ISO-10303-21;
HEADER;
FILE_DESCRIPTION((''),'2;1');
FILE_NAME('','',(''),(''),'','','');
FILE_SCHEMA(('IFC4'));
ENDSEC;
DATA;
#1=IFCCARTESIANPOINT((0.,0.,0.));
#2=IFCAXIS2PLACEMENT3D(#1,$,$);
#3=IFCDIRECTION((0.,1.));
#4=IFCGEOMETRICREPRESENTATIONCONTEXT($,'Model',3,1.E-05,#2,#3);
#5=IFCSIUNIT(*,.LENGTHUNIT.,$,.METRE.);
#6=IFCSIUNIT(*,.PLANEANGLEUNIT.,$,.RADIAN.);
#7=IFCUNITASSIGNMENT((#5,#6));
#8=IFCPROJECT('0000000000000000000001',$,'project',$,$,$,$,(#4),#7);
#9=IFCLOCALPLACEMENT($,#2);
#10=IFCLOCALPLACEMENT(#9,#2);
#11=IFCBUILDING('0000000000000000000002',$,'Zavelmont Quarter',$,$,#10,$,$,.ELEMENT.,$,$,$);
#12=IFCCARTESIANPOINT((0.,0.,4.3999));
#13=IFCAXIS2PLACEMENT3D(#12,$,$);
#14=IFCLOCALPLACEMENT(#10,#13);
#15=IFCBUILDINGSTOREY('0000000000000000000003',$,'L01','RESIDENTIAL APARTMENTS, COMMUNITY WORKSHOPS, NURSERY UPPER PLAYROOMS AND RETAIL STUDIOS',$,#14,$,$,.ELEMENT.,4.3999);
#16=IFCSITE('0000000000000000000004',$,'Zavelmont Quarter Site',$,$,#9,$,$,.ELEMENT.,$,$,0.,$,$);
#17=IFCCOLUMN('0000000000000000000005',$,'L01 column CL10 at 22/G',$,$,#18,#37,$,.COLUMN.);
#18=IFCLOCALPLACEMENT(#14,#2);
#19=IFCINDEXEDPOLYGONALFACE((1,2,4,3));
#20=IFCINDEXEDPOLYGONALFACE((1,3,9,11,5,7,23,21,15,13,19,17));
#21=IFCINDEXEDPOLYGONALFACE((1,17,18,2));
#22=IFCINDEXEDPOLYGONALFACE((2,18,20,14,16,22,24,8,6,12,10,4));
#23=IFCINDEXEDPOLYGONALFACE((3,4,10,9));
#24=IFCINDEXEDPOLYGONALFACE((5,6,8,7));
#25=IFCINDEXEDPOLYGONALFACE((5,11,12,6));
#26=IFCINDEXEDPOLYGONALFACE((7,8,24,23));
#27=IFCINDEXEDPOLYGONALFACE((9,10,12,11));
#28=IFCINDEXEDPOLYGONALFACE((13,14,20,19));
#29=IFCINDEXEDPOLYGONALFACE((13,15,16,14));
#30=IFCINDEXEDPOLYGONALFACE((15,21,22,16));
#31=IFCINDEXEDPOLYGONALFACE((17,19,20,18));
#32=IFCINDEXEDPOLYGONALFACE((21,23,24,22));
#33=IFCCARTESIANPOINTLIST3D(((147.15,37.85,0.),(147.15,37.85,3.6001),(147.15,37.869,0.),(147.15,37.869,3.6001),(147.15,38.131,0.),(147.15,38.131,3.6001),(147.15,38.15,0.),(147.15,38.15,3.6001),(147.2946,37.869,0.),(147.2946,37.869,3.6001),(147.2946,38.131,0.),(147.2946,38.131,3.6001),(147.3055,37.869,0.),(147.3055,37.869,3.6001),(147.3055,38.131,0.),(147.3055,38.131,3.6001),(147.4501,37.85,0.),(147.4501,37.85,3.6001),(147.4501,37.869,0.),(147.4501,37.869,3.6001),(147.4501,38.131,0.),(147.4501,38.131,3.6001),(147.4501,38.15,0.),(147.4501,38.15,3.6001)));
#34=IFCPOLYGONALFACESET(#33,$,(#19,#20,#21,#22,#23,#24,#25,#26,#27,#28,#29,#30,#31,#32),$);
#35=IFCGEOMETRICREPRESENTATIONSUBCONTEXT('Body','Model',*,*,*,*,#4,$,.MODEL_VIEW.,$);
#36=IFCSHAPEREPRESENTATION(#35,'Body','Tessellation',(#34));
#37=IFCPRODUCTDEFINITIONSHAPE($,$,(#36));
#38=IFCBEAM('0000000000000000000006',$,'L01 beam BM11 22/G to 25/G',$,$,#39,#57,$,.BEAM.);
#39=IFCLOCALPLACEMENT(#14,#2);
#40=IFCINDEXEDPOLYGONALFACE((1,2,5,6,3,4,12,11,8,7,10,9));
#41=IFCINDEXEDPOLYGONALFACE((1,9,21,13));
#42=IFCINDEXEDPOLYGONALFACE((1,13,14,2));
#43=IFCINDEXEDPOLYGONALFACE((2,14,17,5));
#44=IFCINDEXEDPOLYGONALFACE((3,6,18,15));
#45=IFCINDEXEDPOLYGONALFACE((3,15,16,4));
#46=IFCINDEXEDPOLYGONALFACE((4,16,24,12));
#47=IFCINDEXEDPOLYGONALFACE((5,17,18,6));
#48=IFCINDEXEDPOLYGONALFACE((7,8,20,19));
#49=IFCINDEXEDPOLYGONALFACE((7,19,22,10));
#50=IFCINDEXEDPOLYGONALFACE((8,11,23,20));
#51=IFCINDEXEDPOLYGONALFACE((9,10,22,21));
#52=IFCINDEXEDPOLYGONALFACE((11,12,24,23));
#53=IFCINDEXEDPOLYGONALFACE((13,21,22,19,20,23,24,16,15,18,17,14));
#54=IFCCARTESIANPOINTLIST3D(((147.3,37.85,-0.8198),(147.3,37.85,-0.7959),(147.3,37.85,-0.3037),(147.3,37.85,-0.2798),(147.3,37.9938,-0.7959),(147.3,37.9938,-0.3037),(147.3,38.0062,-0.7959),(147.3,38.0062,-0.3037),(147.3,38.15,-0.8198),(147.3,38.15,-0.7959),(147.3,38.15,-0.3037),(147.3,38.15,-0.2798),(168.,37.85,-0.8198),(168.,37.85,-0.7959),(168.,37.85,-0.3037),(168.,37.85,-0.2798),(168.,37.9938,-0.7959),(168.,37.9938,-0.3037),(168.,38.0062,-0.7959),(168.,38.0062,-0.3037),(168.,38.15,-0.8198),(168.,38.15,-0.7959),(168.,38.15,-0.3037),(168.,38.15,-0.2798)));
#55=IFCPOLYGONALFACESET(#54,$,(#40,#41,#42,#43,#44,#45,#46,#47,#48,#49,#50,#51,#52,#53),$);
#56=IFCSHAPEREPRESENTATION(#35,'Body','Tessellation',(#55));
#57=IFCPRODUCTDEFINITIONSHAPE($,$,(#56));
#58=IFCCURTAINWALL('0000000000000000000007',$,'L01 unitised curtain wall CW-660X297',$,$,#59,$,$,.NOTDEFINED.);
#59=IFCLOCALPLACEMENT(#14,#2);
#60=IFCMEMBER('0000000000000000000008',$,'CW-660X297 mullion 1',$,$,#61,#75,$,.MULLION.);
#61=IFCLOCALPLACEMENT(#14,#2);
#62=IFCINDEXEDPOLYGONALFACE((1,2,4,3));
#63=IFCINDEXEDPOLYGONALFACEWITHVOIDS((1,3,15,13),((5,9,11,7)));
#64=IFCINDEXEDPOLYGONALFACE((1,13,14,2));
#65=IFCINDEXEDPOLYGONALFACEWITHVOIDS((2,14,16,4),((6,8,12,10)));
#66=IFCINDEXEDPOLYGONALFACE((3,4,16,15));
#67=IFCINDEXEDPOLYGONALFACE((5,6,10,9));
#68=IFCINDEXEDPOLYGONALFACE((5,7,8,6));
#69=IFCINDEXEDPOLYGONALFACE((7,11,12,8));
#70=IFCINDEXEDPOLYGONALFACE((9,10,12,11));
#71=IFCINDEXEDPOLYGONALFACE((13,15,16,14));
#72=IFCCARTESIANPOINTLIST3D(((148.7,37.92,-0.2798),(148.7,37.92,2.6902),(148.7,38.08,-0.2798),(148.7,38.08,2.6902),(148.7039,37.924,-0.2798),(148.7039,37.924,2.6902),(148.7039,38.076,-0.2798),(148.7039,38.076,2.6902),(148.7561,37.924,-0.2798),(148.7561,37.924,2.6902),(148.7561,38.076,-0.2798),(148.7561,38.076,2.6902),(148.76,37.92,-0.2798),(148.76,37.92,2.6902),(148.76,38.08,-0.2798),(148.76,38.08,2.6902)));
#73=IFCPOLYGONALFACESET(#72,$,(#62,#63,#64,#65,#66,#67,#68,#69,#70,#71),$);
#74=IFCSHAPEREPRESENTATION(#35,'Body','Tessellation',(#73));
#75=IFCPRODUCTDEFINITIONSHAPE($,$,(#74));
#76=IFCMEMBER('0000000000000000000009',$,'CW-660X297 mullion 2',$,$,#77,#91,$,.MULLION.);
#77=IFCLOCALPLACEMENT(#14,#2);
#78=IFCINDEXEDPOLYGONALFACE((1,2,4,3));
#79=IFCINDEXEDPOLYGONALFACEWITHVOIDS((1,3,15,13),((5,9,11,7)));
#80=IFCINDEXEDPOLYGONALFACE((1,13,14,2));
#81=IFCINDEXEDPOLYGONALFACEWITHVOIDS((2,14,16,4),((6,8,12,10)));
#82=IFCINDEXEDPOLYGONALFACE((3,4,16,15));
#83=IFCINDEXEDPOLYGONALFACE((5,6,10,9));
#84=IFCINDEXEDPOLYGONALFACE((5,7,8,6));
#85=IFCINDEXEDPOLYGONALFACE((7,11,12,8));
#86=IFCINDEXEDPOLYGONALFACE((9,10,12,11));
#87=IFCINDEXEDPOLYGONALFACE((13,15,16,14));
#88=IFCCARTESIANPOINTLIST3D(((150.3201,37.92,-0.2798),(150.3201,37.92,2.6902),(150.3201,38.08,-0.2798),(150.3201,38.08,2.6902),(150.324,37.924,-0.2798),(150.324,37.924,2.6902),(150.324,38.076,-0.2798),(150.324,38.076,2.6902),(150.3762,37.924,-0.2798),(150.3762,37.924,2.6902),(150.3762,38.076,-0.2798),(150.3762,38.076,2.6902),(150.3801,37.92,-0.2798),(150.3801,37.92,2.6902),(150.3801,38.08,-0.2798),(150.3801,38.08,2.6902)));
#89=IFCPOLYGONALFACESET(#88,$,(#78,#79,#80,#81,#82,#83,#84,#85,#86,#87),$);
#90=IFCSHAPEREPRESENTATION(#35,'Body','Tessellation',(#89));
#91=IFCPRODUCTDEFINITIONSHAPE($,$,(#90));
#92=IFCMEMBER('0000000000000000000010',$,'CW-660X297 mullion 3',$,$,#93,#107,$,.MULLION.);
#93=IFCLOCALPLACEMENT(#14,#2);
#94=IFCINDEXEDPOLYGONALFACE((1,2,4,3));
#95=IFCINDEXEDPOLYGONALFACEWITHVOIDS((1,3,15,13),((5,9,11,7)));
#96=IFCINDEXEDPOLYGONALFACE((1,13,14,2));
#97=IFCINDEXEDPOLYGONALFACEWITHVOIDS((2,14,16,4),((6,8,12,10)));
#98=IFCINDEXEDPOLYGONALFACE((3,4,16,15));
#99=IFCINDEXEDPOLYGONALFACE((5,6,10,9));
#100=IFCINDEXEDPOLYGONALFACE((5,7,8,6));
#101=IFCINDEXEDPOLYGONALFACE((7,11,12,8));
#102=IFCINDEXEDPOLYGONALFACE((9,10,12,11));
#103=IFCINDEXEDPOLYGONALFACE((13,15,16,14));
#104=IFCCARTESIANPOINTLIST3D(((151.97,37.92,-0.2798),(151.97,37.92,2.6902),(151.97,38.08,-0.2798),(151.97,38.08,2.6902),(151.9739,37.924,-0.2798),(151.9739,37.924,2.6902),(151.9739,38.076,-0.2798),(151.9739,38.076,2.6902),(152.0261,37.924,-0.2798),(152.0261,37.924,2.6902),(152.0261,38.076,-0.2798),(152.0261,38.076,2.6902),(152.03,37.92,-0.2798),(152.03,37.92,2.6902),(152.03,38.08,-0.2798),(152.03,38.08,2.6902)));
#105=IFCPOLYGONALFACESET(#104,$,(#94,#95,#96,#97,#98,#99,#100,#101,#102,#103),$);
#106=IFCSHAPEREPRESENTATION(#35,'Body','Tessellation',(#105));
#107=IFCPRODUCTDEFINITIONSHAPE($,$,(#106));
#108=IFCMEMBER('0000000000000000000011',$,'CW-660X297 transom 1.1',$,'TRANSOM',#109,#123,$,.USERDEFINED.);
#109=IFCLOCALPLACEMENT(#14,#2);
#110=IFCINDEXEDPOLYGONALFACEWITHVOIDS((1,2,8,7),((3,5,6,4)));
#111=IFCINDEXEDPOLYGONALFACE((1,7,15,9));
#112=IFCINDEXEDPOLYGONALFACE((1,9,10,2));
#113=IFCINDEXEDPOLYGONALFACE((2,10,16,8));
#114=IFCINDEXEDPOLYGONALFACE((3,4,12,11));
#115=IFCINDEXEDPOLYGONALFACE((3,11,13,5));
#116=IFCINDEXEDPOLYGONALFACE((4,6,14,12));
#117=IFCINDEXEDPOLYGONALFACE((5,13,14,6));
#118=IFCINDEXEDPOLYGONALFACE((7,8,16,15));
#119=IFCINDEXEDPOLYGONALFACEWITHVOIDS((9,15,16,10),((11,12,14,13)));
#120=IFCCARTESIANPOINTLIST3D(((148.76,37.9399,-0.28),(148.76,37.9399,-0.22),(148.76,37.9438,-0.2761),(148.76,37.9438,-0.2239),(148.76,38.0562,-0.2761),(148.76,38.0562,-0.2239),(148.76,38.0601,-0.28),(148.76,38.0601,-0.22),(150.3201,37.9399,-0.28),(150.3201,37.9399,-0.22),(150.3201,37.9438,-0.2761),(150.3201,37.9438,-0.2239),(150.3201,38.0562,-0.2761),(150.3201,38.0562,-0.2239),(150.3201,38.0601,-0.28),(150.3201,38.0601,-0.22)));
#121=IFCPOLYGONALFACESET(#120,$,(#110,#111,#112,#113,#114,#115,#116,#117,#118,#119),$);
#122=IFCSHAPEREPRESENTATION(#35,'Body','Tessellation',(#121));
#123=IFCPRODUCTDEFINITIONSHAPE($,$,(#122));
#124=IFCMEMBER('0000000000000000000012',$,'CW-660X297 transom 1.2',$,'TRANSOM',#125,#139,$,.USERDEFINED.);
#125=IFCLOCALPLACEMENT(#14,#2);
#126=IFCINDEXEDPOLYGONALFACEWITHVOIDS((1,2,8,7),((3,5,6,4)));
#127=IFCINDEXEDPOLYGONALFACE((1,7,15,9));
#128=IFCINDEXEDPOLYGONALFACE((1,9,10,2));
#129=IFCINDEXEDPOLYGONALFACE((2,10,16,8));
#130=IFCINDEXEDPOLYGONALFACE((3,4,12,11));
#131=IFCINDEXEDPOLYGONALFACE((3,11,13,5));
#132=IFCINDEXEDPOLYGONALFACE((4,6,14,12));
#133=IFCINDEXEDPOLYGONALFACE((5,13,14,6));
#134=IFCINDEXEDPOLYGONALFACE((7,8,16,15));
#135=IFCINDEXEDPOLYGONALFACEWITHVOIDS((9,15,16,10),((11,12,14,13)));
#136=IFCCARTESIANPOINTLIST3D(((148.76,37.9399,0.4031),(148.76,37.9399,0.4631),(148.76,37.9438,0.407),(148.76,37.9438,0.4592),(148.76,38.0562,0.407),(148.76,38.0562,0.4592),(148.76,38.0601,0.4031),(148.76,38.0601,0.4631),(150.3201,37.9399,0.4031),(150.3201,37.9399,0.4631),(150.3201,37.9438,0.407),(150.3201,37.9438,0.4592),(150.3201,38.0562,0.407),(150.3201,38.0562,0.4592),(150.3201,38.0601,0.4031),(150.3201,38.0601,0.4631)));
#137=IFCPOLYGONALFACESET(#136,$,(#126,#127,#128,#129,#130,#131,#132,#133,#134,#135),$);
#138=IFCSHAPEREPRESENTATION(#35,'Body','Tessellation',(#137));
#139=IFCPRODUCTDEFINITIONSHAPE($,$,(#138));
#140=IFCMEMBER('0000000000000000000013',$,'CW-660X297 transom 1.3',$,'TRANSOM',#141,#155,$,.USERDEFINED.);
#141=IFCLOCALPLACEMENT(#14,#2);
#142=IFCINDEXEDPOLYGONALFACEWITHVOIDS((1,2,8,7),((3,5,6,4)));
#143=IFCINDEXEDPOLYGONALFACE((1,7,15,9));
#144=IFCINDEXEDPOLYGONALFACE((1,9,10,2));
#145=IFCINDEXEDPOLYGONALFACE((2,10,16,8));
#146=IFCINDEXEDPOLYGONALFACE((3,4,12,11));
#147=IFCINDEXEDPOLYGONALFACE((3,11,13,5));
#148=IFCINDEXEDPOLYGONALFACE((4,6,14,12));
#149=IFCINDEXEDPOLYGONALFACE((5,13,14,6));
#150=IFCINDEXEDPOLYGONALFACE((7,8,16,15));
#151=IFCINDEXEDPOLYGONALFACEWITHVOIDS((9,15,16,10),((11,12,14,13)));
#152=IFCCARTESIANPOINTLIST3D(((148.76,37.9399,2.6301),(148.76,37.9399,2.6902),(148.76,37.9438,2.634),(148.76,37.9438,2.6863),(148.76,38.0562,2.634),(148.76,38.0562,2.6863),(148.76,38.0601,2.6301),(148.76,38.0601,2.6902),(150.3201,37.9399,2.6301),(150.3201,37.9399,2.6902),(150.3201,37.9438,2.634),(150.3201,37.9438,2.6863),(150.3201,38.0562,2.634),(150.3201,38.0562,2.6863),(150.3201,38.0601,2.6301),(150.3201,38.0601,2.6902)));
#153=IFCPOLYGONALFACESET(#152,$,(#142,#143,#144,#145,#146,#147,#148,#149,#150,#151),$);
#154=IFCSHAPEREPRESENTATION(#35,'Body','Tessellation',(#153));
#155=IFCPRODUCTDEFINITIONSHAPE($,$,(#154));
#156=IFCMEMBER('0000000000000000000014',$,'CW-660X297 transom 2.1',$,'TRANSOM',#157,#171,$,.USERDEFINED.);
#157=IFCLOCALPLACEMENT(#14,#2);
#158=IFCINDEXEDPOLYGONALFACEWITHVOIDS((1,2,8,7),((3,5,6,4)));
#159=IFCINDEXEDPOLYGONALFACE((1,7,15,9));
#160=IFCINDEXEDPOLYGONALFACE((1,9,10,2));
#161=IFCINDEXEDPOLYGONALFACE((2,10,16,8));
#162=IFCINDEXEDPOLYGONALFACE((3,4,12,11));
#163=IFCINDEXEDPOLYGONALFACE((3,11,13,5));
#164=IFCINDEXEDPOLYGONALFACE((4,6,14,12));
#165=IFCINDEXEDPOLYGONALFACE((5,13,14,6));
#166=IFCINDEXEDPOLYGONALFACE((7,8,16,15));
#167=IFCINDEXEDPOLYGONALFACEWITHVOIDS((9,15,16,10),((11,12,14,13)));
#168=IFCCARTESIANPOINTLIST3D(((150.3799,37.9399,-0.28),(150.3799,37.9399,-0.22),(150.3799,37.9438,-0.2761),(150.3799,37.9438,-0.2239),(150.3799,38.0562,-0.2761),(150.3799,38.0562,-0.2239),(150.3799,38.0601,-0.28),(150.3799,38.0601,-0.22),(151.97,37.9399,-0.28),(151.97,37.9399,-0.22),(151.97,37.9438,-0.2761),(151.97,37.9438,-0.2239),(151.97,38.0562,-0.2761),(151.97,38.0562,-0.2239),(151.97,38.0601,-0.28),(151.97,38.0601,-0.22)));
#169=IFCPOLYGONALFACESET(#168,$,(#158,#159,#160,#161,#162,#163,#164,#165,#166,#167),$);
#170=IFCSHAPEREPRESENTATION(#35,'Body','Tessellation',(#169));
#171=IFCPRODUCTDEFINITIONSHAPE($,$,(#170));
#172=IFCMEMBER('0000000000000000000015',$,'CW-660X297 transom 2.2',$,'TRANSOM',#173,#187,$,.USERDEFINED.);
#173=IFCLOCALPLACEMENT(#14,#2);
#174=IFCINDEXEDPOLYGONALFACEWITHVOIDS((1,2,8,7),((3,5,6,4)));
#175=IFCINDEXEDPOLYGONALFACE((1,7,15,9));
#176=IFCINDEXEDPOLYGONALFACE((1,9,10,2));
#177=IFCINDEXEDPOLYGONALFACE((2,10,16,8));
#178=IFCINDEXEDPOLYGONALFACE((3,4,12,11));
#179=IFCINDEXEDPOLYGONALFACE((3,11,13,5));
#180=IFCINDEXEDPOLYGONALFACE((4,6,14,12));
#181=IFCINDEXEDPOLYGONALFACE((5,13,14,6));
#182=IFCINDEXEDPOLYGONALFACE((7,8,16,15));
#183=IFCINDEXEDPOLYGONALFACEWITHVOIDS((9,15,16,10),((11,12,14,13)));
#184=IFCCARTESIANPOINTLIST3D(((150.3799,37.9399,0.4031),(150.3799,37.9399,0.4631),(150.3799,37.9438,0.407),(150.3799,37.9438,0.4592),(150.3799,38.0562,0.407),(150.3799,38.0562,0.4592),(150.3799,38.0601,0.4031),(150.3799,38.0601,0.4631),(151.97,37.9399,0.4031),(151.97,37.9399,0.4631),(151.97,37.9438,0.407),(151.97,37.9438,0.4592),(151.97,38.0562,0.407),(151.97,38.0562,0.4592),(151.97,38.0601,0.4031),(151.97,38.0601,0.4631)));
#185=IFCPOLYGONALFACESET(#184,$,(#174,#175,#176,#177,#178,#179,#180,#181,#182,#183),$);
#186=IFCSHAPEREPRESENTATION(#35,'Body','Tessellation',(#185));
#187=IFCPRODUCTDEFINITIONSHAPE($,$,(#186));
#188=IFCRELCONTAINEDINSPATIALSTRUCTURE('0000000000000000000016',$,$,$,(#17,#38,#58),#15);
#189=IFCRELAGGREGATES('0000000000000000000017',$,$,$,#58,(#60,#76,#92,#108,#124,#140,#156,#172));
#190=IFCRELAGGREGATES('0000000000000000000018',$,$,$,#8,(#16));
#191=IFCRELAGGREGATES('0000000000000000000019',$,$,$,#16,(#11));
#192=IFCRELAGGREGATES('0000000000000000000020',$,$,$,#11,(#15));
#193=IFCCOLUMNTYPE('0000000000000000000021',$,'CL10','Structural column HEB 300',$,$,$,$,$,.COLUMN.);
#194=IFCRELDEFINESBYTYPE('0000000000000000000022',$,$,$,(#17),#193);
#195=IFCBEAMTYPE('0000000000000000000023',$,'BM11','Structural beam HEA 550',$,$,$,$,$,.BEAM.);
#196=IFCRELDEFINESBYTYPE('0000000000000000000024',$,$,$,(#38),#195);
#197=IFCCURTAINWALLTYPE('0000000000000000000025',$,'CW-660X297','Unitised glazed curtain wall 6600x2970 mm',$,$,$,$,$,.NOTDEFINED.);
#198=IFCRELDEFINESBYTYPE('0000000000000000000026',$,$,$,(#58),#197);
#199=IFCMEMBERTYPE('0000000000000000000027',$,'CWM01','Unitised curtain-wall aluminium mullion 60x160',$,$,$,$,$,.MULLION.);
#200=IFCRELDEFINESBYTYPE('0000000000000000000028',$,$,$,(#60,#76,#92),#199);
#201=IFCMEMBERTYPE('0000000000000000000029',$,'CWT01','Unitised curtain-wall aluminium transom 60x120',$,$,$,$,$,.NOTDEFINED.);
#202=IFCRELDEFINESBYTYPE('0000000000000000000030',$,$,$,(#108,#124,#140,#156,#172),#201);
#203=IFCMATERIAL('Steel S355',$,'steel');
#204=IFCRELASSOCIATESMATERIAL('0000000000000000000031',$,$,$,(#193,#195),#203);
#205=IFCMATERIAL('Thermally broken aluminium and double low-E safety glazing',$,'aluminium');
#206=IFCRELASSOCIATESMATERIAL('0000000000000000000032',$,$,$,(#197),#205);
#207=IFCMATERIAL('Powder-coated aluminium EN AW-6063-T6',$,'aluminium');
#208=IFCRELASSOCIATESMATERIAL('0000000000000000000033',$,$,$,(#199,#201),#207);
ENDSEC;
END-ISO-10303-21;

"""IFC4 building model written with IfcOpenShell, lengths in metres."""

from ifc_helpers import new_model, si_unit, direction, frame, origin, origin_2d, place, context, subcontext, project, spatial, hollow_rectangle, i_section, extrude, material, material_profile, profile_set, type_object, element, aggregate, save


model = new_model("IFC4")

# Units and contexts
model_context = context("Model", 3, precision=1e-05, world=origin(), true_north=direction((0.0, 1.0)))
body_context = subcontext(model_context, "Body", "Model", "MODEL_VIEW")
ifc_project = project(units=[si_unit("LENGTHUNIT", "METRE"), si_unit("PLANEANGLEUNIT", "RADIAN")], contexts=[model_context])

# Site, building, storey
site_placement = place(None, origin())
site = spatial("IfcSite", under=ifc_project, at=site_placement, Name="Zavelmont Quarter Site", CompositionType="ELEMENT", RefElevation=0.0)
building_placement = place(site_placement, origin())
building = spatial("IfcBuilding", under=site, at=building_placement, Name="Zavelmont Quarter", CompositionType="ELEMENT")
storey_placement = place(building_placement, frame((0.0, 0.0, 4.3999)))
storey = spatial("IfcBuildingStorey", under=building, at=storey_placement, Name="L01", Description="RESIDENTIAL APARTMENTS, COMMUNITY WORKSHOPS, NURSERY UPPER PLAYROOMS AND RETAIL STUDIOS", CompositionType="ELEMENT", Elevation=4.3999)

# Column
ifc_material_1 = material(Name="Steel S355", Category="steel")
ifc_material_profile_1 = material_profile(ifc_material_1, i_section(OverallWidth=0.3, OverallDepth=0.3, WebThickness=0.011, FlangeThickness=0.019, at=origin_2d()), Name="HEB 300")
ifc_profile_set_1 = profile_set([ifc_material_profile_1], Name="Steel S355")
column_type = type_object("IfcColumnType", Name="CL10", Description="Structural column HEB 300", PredefinedType="COLUMN", material=ifc_profile_set_1)
column_placement = place(storey_placement, frame((147.3, 38.0, 0.0), z_axis=(0.0, 0.0, 1.0), x_axis=(1.0, 0.0, 0.0)))
element("IfcColumn", 1, at=column_placement, inside=storey, type_object=column_type, Name="L01 column CL10 at 22/G", PredefinedType="COLUMN", context=body_context, shape_type="SweptSolid", body=[
    extrude(i_section(OverallWidth=0.3, OverallDepth=0.3, WebThickness=0.011, FlangeThickness=0.019, at=origin_2d()), origin(), (0.0, 0.0, 1.0), 3.6001),
])

# Beam
ifc_material_profile_2 = material_profile(ifc_material_1, i_section(OverallWidth=0.3, OverallDepth=0.54, WebThickness=0.0125, FlangeThickness=0.0239, at=origin_2d()), Name="HEA 550")
ifc_profile_set_2 = profile_set([ifc_material_profile_2], Name="Steel S355")
beam_type = type_object("IfcBeamType", Name="BM11", Description="Structural beam HEA 550", PredefinedType="BEAM", material=ifc_profile_set_2)
beam_placement = place(storey_placement, frame((147.3, 38.0, -0.5498), z_axis=(1.0, 0.0, 0.0), x_axis=(0.0, 1.0, 0.0)))
element("IfcBeam", 2, at=beam_placement, inside=storey, type_object=beam_type, Name="L01 beam BM11 22/G to 25/G", PredefinedType="BEAM", context=body_context, shape_type="SweptSolid", body=[
    extrude(i_section(OverallWidth=0.3, OverallDepth=0.54, WebThickness=0.0125, FlangeThickness=0.0239, at=origin_2d()), origin(), (0.0, 0.0, 1.0), 20.7),
])

# Curtain wall, members
ifc_material_2 = material(Name="Thermally broken aluminium and double low-E safety glazing", Category="aluminium")
curtain_wall_type = type_object("IfcCurtainWallType", Name="CW-660X297", Description="Unitised glazed curtain wall 6600x2970 mm", PredefinedType="NOTDEFINED", material=ifc_material_2)
curtain_wall_placement = place(storey_placement, origin())
curtain_wall = element("IfcCurtainWall", 3, at=curtain_wall_placement, inside=storey, type_object=curtain_wall_type, Name="L01 unitised curtain wall CW-660X297", PredefinedType="NOTDEFINED")
ifc_material_3 = material(Name="Powder-coated aluminium EN AW-6063-T6", Category="aluminium")
ifc_material_profile_3 = material_profile(ifc_material_3, hollow_rectangle(XDim=0.0601, YDim=0.1599, WallThickness=0.0039, at=origin_2d()), Name="CWM60X160")
ifc_profile_set_3 = profile_set([ifc_material_profile_3], Name="Powder-coated aluminium EN AW-6063-T6")
member_type_1 = type_object("IfcMemberType", Name="CWM01", Description="Unitised curtain-wall aluminium mullion 60x160", PredefinedType="MULLION", material=ifc_profile_set_3)
member_1_placement = place(storey_placement, frame((148.73, 38.0, -0.2798), z_axis=(0.0, 0.0, 1.0), x_axis=(1.0, 0.0, 0.0)))
member_1 = element("IfcMember", 4, at=member_1_placement, type_object=member_type_1, Name="CW-660X297 mullion 1", PredefinedType="MULLION", context=body_context, shape_type="SweptSolid", body=[
    extrude(hollow_rectangle(XDim=0.0601, YDim=0.1599, WallThickness=0.0039, at=origin_2d()), origin(), (0.0, 0.0, 1.0), 2.97),
])
member_2_placement = place(storey_placement, frame((150.3501, 38.0, -0.2798), z_axis=(0.0, 0.0, 1.0), x_axis=(1.0, 0.0, 0.0)))
member_2 = element("IfcMember", 5, at=member_2_placement, type_object=member_type_1, Name="CW-660X297 mullion 2", PredefinedType="MULLION", context=body_context, shape_type="SweptSolid", body=[
    extrude(hollow_rectangle(XDim=0.0601, YDim=0.1599, WallThickness=0.0039, at=origin_2d()), origin(), (0.0, 0.0, 1.0), 2.97),
])
member_3_placement = place(storey_placement, frame((152.0, 38.0, -0.2798), z_axis=(0.0, 0.0, 1.0), x_axis=(1.0, 0.0, 0.0)))
member_3 = element("IfcMember", 6, at=member_3_placement, type_object=member_type_1, Name="CW-660X297 mullion 3", PredefinedType="MULLION", context=body_context, shape_type="SweptSolid", body=[
    extrude(hollow_rectangle(XDim=0.0601, YDim=0.1599, WallThickness=0.0039, at=origin_2d()), origin(), (0.0, 0.0, 1.0), 2.97),
])
ifc_material_profile_4 = material_profile(ifc_material_3, hollow_rectangle(XDim=0.1201, YDim=0.0601, WallThickness=0.0039, at=origin_2d()), Name="CWT60X120")
ifc_profile_set_4 = profile_set([ifc_material_profile_4], Name="Powder-coated aluminium EN AW-6063-T6")
member_type_2 = type_object("IfcMemberType", Name="CWT01", Description="Unitised curtain-wall aluminium transom 60x120", PredefinedType="NOTDEFINED", material=ifc_profile_set_4)
member_4_placement = place(storey_placement, frame((148.76, 38.0, -0.25), z_axis=(1.0, 0.0, 0.0), x_axis=(0.0, 1.0, 0.0)))
member_4 = element("IfcMember", 7, at=member_4_placement, type_object=member_type_2, Name="CW-660X297 transom 1.1", ObjectType="TRANSOM", PredefinedType="USERDEFINED", context=body_context, shape_type="SweptSolid", body=[
    extrude(hollow_rectangle(XDim=0.1201, YDim=0.0601, WallThickness=0.0039, at=origin_2d()), origin(), (0.0, 0.0, 1.0), 1.5601),
])
member_5_placement = place(storey_placement, frame((148.76, 38.0, 0.4331), z_axis=(1.0, 0.0, 0.0), x_axis=(0.0, 1.0, 0.0)))
member_5 = element("IfcMember", 8, at=member_5_placement, type_object=member_type_2, Name="CW-660X297 transom 1.2", ObjectType="TRANSOM", PredefinedType="USERDEFINED", context=body_context, shape_type="SweptSolid", body=[
    extrude(hollow_rectangle(XDim=0.1201, YDim=0.0601, WallThickness=0.0039, at=origin_2d()), origin(), (0.0, 0.0, 1.0), 1.5601),
])
member_6_placement = place(storey_placement, frame((148.76, 38.0, 2.6602), z_axis=(1.0, 0.0, 0.0), x_axis=(0.0, 1.0, 0.0)))
member_6 = element("IfcMember", 9, at=member_6_placement, type_object=member_type_2, Name="CW-660X297 transom 1.3", ObjectType="TRANSOM", PredefinedType="USERDEFINED", context=body_context, shape_type="SweptSolid", body=[
    extrude(hollow_rectangle(XDim=0.1201, YDim=0.0601, WallThickness=0.0039, at=origin_2d()), origin(), (0.0, 0.0, 1.0), 1.5601),
])
member_7_placement = place(storey_placement, frame((150.3799, 38.0, -0.25), z_axis=(1.0, 0.0, 0.0), x_axis=(0.0, 1.0, 0.0)))
member_7 = element("IfcMember", 10, at=member_7_placement, type_object=member_type_2, Name="CW-660X297 transom 2.1", ObjectType="TRANSOM", PredefinedType="USERDEFINED", context=body_context, shape_type="SweptSolid", body=[
    extrude(hollow_rectangle(XDim=0.1201, YDim=0.0601, WallThickness=0.0039, at=origin_2d()), origin(), (0.0, 0.0, 1.0), 1.5901),
])
member_8_placement = place(storey_placement, frame((150.3799, 38.0, 0.4331), z_axis=(1.0, 0.0, 0.0), x_axis=(0.0, 1.0, 0.0)))
member_8 = element("IfcMember", 11, at=member_8_placement, type_object=member_type_2, Name="CW-660X297 transom 2.2", ObjectType="TRANSOM", PredefinedType="USERDEFINED", context=body_context, shape_type="SweptSolid", body=[
    extrude(hollow_rectangle(XDim=0.1201, YDim=0.0601, WallThickness=0.0039, at=origin_2d()), origin(), (0.0, 0.0, 1.0), 1.5901),
])

aggregate(curtain_wall, [member_1, member_2, member_3, member_4, member_5, member_6, member_7, member_8])

save(model, "model.ifc")
